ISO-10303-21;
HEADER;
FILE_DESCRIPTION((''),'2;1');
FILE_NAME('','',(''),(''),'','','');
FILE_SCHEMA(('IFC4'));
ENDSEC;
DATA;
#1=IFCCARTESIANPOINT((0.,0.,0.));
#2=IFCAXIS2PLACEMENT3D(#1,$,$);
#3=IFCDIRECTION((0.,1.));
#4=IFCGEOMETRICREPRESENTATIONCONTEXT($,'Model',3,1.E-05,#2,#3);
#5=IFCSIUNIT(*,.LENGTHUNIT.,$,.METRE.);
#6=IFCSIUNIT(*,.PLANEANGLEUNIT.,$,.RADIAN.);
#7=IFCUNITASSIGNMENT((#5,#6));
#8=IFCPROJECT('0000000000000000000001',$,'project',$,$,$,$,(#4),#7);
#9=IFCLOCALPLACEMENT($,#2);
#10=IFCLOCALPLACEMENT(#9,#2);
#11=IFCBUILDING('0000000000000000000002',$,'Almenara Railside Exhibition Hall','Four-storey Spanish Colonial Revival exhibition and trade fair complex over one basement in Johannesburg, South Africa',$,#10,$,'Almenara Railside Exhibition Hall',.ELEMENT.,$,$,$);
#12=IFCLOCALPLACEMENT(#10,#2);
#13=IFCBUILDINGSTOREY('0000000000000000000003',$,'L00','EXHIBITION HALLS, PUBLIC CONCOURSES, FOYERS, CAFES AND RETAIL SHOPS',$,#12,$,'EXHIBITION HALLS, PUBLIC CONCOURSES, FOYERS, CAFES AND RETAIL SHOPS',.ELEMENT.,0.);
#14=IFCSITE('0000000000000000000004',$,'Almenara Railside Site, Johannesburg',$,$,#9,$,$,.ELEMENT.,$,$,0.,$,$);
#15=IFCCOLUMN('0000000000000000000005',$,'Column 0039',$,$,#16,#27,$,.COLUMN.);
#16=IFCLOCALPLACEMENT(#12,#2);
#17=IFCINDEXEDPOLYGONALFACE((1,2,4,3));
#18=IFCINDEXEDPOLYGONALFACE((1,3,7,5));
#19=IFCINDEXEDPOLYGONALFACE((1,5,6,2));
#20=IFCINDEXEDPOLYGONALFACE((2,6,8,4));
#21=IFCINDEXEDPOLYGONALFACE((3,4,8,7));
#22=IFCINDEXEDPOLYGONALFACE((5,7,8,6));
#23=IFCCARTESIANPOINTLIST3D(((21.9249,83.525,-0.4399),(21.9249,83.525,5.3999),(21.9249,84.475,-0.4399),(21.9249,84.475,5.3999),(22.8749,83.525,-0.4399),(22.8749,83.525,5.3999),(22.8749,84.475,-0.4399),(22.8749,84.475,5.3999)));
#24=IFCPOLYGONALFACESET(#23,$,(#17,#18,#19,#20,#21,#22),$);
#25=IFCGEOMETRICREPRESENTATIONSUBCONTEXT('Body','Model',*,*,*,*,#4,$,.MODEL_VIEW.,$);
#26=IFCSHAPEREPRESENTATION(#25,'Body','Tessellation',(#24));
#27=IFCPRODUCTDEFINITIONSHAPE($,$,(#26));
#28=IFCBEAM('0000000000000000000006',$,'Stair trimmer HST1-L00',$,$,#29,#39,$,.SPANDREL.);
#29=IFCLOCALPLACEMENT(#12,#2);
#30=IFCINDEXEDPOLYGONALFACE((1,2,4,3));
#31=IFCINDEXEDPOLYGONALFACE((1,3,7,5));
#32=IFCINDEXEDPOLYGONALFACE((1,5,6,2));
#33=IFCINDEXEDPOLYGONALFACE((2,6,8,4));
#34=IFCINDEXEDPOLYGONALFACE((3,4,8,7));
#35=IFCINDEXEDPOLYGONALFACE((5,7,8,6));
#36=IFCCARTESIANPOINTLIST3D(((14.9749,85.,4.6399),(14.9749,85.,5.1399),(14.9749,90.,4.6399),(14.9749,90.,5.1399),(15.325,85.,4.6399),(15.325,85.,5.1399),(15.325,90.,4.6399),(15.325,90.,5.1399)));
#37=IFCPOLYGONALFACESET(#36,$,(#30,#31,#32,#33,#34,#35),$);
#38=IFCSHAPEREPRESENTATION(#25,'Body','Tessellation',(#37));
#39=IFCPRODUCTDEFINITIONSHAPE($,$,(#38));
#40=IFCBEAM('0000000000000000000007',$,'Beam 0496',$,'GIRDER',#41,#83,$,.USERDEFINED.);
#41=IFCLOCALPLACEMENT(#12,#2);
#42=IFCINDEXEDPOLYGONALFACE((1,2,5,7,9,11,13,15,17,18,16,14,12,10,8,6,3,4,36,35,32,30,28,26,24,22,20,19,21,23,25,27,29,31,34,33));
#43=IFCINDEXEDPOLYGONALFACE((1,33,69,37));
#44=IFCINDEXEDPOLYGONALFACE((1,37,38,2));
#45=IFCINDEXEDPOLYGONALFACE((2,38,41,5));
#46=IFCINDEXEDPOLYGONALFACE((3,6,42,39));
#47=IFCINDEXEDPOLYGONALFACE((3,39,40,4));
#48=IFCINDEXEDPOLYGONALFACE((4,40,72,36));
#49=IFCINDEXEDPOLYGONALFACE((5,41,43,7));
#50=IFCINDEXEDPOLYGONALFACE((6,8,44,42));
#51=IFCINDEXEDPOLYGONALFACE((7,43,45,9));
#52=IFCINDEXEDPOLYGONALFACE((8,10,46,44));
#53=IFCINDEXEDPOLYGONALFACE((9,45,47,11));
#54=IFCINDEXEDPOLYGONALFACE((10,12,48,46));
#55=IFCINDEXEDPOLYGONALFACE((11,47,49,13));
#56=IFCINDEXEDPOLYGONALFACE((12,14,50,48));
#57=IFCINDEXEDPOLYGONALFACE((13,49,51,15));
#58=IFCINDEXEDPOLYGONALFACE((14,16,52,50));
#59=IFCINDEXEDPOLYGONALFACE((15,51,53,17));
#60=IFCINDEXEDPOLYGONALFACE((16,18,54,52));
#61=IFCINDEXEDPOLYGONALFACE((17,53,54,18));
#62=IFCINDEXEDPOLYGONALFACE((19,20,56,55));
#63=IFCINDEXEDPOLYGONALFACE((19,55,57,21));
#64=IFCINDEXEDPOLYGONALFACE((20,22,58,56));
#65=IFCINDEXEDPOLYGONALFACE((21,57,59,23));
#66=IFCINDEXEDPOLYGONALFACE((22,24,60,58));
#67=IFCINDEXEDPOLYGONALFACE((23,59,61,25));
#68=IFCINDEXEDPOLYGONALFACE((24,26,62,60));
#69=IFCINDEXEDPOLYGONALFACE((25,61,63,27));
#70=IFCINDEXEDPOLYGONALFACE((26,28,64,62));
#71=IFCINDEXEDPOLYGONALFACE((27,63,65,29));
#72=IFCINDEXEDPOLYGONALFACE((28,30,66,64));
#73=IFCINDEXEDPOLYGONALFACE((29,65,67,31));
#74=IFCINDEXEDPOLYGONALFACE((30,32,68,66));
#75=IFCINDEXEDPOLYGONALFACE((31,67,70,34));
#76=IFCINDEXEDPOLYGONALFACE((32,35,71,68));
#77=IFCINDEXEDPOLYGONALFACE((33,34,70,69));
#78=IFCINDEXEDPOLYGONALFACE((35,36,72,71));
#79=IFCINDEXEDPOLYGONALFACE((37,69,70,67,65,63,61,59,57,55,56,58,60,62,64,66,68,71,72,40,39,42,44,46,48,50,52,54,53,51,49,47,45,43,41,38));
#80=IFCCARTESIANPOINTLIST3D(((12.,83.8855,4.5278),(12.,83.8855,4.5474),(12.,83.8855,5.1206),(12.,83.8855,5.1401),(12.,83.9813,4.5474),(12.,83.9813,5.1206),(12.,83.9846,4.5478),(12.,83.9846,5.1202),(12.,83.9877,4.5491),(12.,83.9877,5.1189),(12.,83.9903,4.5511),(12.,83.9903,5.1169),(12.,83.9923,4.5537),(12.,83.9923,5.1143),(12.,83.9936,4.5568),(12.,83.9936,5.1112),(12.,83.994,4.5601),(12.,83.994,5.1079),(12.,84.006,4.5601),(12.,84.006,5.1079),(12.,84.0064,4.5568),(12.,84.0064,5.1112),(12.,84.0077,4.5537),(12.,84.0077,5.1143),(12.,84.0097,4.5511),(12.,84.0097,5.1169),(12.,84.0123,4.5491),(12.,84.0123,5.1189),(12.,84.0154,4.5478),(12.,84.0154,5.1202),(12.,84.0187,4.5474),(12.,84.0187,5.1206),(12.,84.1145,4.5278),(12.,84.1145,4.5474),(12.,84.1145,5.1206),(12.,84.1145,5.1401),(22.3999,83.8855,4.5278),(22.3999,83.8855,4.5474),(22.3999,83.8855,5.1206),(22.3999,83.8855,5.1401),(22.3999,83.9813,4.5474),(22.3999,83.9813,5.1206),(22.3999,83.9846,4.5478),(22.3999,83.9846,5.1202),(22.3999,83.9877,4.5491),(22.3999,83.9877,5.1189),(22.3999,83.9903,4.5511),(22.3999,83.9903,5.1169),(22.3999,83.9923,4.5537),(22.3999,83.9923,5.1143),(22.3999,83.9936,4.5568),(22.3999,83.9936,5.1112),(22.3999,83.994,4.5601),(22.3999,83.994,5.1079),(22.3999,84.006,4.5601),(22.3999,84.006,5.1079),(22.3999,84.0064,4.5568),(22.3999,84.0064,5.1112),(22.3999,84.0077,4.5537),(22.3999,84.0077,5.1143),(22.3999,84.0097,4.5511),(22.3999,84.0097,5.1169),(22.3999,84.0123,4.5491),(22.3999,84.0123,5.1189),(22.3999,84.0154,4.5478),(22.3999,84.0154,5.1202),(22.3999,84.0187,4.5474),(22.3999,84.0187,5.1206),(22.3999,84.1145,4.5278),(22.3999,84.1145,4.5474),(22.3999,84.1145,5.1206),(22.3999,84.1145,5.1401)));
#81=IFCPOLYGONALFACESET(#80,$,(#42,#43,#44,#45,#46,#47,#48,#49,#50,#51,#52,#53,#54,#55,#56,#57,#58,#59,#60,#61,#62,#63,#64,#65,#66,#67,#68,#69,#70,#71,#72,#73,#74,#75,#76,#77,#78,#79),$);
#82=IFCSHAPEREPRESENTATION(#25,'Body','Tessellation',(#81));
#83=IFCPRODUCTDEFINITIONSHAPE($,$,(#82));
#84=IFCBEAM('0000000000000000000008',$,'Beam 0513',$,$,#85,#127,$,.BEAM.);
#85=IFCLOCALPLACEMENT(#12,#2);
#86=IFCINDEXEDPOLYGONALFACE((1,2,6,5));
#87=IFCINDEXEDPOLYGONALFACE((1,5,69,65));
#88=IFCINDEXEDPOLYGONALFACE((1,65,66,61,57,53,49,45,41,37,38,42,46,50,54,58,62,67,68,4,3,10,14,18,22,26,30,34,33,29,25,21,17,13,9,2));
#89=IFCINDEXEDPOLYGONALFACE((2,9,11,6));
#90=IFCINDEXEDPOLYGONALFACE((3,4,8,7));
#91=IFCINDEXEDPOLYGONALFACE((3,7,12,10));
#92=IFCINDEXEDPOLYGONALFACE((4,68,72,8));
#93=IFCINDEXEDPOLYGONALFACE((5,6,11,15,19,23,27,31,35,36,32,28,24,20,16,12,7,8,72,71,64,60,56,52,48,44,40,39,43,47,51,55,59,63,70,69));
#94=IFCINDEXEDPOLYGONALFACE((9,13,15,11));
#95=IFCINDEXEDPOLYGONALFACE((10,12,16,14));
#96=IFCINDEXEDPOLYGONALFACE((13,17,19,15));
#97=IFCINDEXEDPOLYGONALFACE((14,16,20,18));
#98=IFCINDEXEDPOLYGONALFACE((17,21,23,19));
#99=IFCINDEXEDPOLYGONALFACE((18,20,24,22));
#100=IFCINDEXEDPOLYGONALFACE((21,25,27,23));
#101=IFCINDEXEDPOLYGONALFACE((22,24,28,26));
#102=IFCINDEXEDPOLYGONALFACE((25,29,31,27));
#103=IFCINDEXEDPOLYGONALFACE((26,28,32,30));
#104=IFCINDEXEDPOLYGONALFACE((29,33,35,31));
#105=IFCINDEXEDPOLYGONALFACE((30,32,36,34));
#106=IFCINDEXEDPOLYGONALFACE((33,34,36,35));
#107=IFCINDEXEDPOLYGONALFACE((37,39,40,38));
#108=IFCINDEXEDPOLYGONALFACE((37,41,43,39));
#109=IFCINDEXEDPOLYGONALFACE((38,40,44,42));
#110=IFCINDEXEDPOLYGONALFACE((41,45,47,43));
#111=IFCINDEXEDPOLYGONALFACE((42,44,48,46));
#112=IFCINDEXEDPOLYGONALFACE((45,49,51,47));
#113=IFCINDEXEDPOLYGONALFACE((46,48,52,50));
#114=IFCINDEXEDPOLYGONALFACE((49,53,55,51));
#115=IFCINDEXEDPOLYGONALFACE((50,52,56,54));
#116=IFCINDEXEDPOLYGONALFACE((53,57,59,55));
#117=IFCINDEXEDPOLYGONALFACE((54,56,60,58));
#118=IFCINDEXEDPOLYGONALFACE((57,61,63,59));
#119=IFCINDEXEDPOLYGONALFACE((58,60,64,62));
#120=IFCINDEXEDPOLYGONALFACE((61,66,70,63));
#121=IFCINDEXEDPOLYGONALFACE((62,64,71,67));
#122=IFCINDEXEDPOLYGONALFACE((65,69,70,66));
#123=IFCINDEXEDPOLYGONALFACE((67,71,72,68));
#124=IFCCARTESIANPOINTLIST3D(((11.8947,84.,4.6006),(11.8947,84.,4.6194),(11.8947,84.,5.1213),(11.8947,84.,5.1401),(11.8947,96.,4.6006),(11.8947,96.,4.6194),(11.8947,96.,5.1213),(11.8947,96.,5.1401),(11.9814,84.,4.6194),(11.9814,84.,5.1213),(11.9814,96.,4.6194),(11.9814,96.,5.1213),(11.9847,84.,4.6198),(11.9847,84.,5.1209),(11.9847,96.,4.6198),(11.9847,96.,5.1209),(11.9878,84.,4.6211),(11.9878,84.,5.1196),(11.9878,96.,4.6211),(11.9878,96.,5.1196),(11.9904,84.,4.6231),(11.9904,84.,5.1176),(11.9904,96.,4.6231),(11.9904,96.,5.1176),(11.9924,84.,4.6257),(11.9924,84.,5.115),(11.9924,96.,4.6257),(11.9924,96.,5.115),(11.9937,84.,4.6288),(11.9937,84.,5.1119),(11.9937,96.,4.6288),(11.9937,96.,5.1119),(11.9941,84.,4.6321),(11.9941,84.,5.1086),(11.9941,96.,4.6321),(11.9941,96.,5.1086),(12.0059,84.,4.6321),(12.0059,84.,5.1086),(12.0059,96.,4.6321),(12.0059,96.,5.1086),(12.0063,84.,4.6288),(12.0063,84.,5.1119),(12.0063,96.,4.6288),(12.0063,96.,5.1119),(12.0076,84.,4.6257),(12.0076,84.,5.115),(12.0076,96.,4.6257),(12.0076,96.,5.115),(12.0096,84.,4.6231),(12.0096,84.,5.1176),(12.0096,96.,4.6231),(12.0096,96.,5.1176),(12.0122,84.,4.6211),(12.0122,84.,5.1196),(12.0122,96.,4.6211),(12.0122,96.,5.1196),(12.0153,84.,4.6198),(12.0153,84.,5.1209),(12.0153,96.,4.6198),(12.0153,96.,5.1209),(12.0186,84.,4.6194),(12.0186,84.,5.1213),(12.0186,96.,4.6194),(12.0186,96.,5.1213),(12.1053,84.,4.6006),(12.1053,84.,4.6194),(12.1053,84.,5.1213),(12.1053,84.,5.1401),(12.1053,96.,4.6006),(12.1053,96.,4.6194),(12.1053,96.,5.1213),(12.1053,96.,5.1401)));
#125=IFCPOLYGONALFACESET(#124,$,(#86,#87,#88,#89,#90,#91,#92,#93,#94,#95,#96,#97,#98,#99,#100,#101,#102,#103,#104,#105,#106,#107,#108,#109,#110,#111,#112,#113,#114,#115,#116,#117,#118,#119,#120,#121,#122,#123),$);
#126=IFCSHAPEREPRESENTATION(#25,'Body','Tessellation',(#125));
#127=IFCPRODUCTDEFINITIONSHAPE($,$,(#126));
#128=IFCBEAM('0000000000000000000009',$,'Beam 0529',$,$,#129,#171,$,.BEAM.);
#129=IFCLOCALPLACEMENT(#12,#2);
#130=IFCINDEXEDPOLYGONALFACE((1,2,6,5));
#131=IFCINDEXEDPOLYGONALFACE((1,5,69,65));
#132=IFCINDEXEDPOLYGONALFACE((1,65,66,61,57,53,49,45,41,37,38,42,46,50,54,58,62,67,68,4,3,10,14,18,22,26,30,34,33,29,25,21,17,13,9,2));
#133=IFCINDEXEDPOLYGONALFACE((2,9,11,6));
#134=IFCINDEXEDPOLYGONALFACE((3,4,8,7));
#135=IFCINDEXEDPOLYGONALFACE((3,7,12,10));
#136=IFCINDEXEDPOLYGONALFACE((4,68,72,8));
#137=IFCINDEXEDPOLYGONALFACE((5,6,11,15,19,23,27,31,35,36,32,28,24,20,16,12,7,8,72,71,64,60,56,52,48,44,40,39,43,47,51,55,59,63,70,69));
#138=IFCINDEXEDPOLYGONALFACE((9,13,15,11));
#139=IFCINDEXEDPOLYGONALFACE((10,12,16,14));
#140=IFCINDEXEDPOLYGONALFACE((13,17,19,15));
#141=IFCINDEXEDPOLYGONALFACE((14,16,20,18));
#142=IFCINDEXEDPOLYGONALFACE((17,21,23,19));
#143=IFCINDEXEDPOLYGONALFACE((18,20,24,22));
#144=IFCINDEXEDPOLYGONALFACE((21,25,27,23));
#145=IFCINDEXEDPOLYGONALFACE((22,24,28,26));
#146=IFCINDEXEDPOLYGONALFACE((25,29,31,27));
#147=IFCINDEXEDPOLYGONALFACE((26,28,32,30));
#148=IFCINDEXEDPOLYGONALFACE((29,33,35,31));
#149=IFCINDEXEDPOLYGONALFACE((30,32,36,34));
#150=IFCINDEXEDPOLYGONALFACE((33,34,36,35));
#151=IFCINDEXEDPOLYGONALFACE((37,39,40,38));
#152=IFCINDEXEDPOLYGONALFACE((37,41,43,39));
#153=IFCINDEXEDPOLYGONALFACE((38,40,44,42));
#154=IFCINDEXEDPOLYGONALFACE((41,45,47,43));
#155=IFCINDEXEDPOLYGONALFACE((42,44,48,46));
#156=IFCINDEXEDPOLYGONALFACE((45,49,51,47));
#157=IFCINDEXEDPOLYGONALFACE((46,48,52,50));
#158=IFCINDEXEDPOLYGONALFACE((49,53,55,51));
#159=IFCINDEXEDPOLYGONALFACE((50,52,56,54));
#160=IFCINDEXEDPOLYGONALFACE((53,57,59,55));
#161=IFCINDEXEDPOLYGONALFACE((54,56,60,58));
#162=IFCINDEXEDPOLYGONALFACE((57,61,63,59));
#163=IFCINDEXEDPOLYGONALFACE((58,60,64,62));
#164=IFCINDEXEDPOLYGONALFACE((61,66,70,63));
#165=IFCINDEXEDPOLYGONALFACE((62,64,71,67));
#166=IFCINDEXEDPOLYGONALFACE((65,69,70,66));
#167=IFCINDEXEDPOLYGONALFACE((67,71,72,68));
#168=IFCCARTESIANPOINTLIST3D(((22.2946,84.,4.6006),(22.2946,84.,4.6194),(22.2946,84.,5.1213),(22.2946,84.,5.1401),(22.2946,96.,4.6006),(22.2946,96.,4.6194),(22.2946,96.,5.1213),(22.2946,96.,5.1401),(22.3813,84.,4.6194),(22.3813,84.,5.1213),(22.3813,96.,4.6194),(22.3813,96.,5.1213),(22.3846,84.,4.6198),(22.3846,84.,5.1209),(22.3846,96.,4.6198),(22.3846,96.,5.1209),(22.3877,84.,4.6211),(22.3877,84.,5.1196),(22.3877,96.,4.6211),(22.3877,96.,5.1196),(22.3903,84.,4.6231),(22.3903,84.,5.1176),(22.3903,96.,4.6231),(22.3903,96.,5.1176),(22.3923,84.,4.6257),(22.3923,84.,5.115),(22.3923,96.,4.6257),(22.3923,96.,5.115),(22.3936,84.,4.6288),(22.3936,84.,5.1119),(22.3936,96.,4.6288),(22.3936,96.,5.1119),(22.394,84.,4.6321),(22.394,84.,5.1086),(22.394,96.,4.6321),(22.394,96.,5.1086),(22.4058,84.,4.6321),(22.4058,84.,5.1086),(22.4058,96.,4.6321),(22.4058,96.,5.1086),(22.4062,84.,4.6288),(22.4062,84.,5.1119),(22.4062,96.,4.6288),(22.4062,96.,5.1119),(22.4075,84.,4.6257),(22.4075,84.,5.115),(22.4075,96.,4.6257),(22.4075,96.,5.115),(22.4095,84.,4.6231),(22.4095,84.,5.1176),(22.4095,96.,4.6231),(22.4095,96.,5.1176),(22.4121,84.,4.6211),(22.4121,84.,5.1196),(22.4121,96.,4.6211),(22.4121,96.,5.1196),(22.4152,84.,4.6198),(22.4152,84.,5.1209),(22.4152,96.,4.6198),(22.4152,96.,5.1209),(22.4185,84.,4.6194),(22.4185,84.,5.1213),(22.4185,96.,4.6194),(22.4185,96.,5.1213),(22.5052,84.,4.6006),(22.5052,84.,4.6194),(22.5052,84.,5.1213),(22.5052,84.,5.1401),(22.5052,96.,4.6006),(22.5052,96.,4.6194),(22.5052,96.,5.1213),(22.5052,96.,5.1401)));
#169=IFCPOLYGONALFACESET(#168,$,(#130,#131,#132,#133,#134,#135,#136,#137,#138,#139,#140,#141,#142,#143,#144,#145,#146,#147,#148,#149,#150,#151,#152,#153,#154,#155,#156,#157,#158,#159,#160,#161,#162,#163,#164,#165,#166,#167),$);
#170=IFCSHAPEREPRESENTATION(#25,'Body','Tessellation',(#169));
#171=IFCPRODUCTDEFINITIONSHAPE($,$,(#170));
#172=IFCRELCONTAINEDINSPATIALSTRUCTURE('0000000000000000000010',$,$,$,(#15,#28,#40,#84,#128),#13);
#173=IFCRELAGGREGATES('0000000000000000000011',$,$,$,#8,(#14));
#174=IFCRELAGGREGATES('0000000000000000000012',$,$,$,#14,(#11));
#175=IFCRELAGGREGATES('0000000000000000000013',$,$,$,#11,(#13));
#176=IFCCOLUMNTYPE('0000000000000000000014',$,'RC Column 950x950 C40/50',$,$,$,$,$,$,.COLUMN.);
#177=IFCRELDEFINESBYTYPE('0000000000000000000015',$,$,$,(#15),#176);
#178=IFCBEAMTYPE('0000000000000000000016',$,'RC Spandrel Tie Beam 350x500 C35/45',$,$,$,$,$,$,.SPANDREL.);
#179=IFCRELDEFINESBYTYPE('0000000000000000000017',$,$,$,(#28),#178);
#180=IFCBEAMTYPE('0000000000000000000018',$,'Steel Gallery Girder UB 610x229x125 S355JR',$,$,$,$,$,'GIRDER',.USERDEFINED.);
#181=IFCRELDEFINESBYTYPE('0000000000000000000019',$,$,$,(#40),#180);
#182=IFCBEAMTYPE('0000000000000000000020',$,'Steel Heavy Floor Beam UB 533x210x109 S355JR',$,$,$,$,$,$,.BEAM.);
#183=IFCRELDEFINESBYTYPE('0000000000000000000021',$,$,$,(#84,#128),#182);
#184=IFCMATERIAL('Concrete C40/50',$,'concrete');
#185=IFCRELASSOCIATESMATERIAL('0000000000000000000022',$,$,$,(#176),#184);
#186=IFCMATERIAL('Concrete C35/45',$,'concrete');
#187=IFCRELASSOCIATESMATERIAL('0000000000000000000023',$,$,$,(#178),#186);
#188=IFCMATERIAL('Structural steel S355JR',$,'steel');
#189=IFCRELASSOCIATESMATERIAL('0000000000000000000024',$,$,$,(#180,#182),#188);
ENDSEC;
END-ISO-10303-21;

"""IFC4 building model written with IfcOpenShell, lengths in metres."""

from ifc_helpers import new_model, si_unit, direction, frame, origin, origin_2d, place, context, subcontext, project, spatial, rectangle, i_section, extrude, material, material_profile, profile_set, type_object, element, save


model = new_model("IFC4")

# Units and contexts
model_context = context("Model", 3, precision=1e-05, world=origin(), true_north=direction((0.0, 1.0)))
body_context = subcontext(model_context, "Body", "Model", "MODEL_VIEW")
ifc_project = project(units=[si_unit("LENGTHUNIT", "METRE"), si_unit("PLANEANGLEUNIT", "RADIAN")], contexts=[model_context])

# Site, building, storey
site_placement = place(None, origin())
site = spatial("IfcSite", under=ifc_project, at=site_placement, Name="Almenara Railside Site, Johannesburg", CompositionType="ELEMENT", RefElevation=0.0)
building_placement = place(site_placement, origin())
building = spatial("IfcBuilding", under=site, at=building_placement, Name="Almenara Railside Exhibition Hall", Description="Four-storey Spanish Colonial Revival exhibition and trade fair complex over one basement in Johannesburg, South Africa", LongName="Almenara Railside Exhibition Hall", CompositionType="ELEMENT")
storey_placement = place(building_placement, origin())
storey = spatial("IfcBuildingStorey", under=building, at=storey_placement, Name="L00", Description="EXHIBITION HALLS, PUBLIC CONCOURSES, FOYERS, CAFES AND RETAIL SHOPS", LongName="EXHIBITION HALLS, PUBLIC CONCOURSES, FOYERS, CAFES AND RETAIL SHOPS", CompositionType="ELEMENT", Elevation=0.0)

# Shared definitions
ifc_material_1 = material(Name="Concrete C40/50", Category="concrete")

# Shared definitions
ifc_material_2 = material(Name="Concrete C35/45", Category="concrete")

# Column
ifc_material_profile_1 = material_profile(ifc_material_1, rectangle(XDim=0.95, YDim=0.95, at=origin_2d()), Name="RC 950x950")
ifc_profile_set_1 = profile_set([ifc_material_profile_1], Name="Concrete C40/50")
column_type_1 = type_object("IfcColumnType", Name="RC Column 950x950 C40/50", PredefinedType="COLUMN", material=ifc_profile_set_1)
for number, where, z_axis, x_axis, name in (
    (1, (22.3999, 84.0, -0.4399), (0.0, 0.0, 1.0), (1.0, 0.0, 0.0), "Column 0039"),
):
    element("IfcColumn", number, at=place(storey_placement, frame(where, z_axis=z_axis, x_axis=x_axis)), inside=storey, type_object=column_type_1, Name=name, PredefinedType="COLUMN", context=body_context, shape_type="SweptSolid", body=[
        extrude(rectangle(XDim=0.95, YDim=0.95, at=origin_2d()), origin(), (0.0, 0.0, 1.0), 5.8398),
    ])

# Beams
ifc_material_profile_2 = material_profile(ifc_material_2, rectangle(XDim=0.3501, YDim=0.5, at=origin_2d()), Name="RC 350x500")
ifc_profile_set_2 = profile_set([ifc_material_profile_2], Name="Concrete C35/45")
beam_type_1 = type_object("IfcBeamType", Name="RC Spandrel Tie Beam 350x500 C35/45", PredefinedType="SPANDREL", material=ifc_profile_set_2)
beam_1_placement = place(storey_placement, frame((15.1499, 85.0, 4.8899), z_axis=(0.0, 1.0, 0.0), x_axis=(-1.0, 0.0, 0.0)))
element("IfcBeam", 2, at=beam_1_placement, inside=storey, type_object=beam_type_1, Name="Stair trimmer HST1-L00", PredefinedType="SPANDREL", context=body_context, shape_type="SweptSolid", body=[
    extrude(rectangle(XDim=0.3501, YDim=0.5, at=origin_2d()), origin(), (0.0, 0.0, 1.0), 5.0),
])
ifc_material_3 = material(Name="Structural steel S355JR", Category="steel")
ifc_material_profile_3 = material_profile(ifc_material_3, i_section(OverallWidth=0.229, OverallDepth=0.6123, WebThickness=0.012, FlangeThickness=0.0195, FilletRadius=0.0127, at=origin_2d()), Name="UB 610x229x125")
ifc_profile_set_3 = profile_set([ifc_material_profile_3], Name="Structural steel S355JR")
beam_type_2 = type_object("IfcBeamType", Name="Steel Gallery Girder UB 610x229x125 S355JR", ElementType="GIRDER", PredefinedType="USERDEFINED", material=ifc_profile_set_3)
beam_2_placement = place(storey_placement, frame((12.0, 84.0, 4.834), z_axis=(1.0, 0.0, 0.0), x_axis=(0.0, 1.0, 0.0)))
element("IfcBeam", 3, at=beam_2_placement, inside=storey, type_object=beam_type_2, Name="Beam 0496", ObjectType="GIRDER", PredefinedType="USERDEFINED", context=body_context, shape_type="SweptSolid", body=[
    extrude(i_section(OverallWidth=0.229, OverallDepth=0.6123, WebThickness=0.012, FlangeThickness=0.0195, FilletRadius=0.0127, at=origin_2d()), origin(), (0.0, 0.0, 1.0), 10.3999),
])
ifc_material_profile_4 = material_profile(ifc_material_3, i_section(OverallWidth=0.2107, OverallDepth=0.5396, WebThickness=0.0117, FlangeThickness=0.0188, FilletRadius=0.0127, at=origin_2d()), Name="UB 533x210x109")
ifc_profile_set_4 = profile_set([ifc_material_profile_4], Name="Structural steel S355JR")
beam_type_3 = type_object("IfcBeamType", Name="Steel Heavy Floor Beam UB 533x210x109 S355JR", PredefinedType="BEAM", material=ifc_profile_set_4)
for number, where, z_axis, x_axis, name in (
    (4, (12.0, 84.0, 4.8704), (0.0, 1.0, 0.0), (-1.0, 0.0, 0.0), "Beam 0513"),
    (5, (22.3999, 84.0, 4.8704), (0.0, 1.0, 0.0), (-1.0, 0.0, 0.0), "Beam 0529"),
):
    element("IfcBeam", number, at=place(storey_placement, frame(where, z_axis=z_axis, x_axis=x_axis)), inside=storey, type_object=beam_type_3, Name=name, PredefinedType="BEAM", context=body_context, shape_type="SweptSolid", body=[
        extrude(i_section(OverallWidth=0.2107, OverallDepth=0.5396, WebThickness=0.0117, FlangeThickness=0.0188, FilletRadius=0.0127, at=origin_2d()), origin(), (0.0, 0.0, 1.0), 12.0),
    ])

save(model, "model.ifc")
